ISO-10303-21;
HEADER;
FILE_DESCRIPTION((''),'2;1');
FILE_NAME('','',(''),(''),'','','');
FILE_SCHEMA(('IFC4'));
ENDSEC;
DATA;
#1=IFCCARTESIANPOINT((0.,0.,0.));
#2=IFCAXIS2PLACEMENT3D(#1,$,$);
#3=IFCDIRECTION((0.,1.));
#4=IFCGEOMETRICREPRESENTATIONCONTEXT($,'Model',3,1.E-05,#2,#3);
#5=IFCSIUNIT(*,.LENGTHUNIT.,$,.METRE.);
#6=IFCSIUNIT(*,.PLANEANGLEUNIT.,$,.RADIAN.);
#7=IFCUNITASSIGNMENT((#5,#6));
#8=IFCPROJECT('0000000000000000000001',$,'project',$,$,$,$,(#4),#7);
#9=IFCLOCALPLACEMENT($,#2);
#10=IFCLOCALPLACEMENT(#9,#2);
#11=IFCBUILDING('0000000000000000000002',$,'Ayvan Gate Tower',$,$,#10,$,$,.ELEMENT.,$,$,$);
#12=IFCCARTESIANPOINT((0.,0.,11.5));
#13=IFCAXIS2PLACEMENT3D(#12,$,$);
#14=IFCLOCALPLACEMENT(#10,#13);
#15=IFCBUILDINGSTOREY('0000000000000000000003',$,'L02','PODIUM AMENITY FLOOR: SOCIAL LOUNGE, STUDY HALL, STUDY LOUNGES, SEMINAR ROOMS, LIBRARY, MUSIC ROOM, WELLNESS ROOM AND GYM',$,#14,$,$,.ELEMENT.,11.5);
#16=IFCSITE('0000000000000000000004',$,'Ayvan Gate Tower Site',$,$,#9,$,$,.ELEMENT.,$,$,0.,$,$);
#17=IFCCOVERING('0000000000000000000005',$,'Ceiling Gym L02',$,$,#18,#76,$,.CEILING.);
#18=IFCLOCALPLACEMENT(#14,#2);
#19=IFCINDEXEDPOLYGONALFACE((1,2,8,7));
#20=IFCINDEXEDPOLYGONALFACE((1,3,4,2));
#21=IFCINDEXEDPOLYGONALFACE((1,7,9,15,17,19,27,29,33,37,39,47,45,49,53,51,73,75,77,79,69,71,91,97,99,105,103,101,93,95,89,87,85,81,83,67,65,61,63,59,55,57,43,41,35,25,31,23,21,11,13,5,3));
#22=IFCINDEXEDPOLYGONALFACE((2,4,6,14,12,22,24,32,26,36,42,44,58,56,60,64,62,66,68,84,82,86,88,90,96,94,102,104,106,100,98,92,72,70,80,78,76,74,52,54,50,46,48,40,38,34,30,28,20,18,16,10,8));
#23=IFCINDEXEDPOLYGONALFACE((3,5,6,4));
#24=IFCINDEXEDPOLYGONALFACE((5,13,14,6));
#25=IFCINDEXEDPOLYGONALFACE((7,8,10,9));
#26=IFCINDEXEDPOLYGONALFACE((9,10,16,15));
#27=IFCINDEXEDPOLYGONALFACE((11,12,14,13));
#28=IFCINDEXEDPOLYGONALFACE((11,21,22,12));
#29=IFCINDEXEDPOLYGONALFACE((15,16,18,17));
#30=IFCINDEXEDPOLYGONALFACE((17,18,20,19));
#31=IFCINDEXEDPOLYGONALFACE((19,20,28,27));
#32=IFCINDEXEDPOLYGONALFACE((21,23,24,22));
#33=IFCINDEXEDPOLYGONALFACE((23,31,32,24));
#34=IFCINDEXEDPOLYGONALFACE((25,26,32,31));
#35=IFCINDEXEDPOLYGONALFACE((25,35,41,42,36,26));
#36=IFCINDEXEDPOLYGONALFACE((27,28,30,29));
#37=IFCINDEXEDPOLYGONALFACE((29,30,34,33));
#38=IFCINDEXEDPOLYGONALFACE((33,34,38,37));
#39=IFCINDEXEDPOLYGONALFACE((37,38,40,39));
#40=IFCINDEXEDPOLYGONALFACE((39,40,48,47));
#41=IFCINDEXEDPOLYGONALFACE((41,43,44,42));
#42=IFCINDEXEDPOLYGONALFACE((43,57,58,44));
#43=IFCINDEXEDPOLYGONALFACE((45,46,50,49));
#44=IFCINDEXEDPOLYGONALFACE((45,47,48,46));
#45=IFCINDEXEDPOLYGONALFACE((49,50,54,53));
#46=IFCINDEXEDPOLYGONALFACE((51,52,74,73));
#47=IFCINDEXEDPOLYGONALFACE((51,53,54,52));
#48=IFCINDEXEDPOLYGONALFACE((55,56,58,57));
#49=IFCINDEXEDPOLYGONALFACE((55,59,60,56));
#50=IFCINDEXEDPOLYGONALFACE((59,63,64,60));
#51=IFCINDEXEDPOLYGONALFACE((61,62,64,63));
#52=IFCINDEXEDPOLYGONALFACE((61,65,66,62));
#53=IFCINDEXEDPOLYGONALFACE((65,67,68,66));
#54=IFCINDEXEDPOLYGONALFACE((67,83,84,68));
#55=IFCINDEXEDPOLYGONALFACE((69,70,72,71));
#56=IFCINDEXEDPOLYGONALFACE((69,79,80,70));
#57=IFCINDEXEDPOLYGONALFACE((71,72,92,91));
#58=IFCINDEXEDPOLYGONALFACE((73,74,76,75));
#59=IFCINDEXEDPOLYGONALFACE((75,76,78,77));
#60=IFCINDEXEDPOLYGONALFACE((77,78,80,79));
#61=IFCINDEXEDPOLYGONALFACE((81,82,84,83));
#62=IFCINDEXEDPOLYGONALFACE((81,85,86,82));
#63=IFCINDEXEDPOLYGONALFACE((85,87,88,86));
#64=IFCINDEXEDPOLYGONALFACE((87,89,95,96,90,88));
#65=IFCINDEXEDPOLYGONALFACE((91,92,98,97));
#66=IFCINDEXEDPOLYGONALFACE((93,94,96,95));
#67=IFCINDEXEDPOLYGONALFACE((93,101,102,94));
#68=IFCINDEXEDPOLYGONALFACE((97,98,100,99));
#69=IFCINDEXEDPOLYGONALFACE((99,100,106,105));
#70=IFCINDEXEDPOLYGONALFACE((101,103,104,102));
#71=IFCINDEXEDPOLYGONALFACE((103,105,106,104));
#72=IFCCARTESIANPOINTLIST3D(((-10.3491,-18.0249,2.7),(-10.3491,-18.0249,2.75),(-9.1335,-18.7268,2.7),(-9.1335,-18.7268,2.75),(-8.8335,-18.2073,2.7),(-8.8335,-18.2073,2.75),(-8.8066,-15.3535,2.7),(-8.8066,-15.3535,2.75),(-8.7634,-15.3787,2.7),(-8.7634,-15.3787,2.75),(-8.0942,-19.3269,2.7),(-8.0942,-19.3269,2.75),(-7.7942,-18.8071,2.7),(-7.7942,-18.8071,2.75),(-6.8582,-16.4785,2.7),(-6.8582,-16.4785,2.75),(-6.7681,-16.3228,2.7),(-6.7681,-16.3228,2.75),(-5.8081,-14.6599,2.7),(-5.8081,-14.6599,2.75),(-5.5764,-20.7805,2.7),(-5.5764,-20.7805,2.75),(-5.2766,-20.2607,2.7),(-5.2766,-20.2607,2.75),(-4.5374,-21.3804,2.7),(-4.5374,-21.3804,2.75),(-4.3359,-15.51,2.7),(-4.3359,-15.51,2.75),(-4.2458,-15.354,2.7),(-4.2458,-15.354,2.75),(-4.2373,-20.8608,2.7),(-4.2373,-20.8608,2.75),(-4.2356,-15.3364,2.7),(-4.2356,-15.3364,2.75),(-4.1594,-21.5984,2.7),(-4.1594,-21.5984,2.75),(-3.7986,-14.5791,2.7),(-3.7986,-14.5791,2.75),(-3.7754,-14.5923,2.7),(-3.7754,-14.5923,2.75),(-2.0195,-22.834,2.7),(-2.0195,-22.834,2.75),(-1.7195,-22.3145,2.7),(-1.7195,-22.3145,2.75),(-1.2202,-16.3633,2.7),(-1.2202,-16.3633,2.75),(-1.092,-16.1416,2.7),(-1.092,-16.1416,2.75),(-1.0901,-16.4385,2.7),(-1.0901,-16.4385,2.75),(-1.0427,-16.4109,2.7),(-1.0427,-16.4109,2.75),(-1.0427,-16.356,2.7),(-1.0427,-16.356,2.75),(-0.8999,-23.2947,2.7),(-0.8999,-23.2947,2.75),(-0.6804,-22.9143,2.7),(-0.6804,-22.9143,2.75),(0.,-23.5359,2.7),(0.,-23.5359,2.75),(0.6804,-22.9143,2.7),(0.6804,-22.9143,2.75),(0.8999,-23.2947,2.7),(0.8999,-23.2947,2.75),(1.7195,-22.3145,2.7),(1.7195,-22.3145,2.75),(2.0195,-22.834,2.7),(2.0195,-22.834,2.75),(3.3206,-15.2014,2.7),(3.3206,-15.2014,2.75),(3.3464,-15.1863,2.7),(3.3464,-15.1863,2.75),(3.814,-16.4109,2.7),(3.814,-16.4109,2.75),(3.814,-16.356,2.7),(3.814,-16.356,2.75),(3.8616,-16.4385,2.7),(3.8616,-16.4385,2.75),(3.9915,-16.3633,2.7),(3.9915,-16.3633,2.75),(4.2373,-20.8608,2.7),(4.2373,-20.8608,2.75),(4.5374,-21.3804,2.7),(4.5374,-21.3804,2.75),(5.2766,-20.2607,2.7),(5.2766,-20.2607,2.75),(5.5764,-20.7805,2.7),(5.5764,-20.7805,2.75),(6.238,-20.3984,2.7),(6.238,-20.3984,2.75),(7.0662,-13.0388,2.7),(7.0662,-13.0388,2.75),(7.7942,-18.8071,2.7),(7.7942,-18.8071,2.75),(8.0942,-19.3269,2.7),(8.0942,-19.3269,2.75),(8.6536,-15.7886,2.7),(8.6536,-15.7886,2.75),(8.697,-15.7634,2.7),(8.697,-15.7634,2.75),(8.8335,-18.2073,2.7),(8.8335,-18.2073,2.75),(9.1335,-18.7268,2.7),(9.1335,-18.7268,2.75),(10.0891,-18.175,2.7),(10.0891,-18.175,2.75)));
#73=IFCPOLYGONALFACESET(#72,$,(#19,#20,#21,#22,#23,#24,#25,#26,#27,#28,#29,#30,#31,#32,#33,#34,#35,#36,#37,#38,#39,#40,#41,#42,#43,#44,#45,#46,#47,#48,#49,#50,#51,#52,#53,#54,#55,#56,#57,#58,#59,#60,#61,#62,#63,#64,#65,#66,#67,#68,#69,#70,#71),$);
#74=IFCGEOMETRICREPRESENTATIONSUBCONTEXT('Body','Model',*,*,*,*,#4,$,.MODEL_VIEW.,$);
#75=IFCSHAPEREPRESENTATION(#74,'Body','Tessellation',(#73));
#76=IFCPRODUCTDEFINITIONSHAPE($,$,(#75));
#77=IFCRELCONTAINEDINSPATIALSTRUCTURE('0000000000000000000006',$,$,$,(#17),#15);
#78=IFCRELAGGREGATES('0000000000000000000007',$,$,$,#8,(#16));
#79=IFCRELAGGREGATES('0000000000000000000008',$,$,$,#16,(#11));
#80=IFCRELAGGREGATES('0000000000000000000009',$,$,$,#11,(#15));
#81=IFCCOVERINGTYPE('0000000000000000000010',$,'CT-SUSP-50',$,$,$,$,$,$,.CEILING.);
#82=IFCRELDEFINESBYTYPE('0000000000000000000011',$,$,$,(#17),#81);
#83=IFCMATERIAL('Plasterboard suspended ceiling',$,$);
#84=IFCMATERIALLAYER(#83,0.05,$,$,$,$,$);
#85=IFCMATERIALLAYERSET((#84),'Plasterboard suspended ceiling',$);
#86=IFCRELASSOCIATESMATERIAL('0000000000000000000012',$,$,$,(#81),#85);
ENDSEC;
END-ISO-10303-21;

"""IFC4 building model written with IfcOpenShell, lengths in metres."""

from ifc_helpers import new_model, si_unit, direction, frame, origin, place, context, subcontext, project, spatial, polyline, outline, extrude, material, layer, layer_set, type_object, element, save


model = new_model("IFC4")

# Units and contexts
model_context = context("Model", 3, precision=1e-05, world=origin(), true_north=direction((0.0, 1.0)))
body_context = subcontext(model_context, "Body", "Model", "MODEL_VIEW")
ifc_project = project(units=[si_unit("LENGTHUNIT", "METRE"), si_unit("PLANEANGLEUNIT", "RADIAN")], contexts=[model_context])

# Site, building, storey
site_placement = place(None, origin())
site = spatial("IfcSite", under=ifc_project, at=site_placement, Name="Ayvan Gate Tower Site", CompositionType="ELEMENT", RefElevation=0.0)
building_placement = place(site_placement, origin())
building = spatial("IfcBuilding", under=site, at=building_placement, Name="Ayvan Gate Tower", CompositionType="ELEMENT")
storey_placement = place(building_placement, frame((0.0, 0.0, 11.5)))
storey = spatial("IfcBuildingStorey", under=building, at=storey_placement, Name="L02", Description="PODIUM AMENITY FLOOR: SOCIAL LOUNGE, STUDY HALL, STUDY LOUNGES, SEMINAR ROOMS, LIBRARY, MUSIC ROOM, WELLNESS ROOM AND GYM", CompositionType="ELEMENT", Elevation=11.5)

# Covering
ifc_material_1 = material(Name="Plasterboard suspended ceiling")
ifc_layer_1 = layer(ifc_material_1, 0.05)
ifc_layer_set_1 = layer_set([ifc_layer_1], Name="Plasterboard suspended ceiling")
covering_type = type_object("IfcCoveringType", Name="CT-SUSP-50", PredefinedType="CEILING", material=ifc_layer_set_1)
covering_1_placement = place(storey_placement, frame((0.0, 0.0, 2.7)))
element("IfcCovering", 1, at=covering_1_placement, inside=storey, type_object=covering_type, Name="Ceiling Gym L02", PredefinedType="CEILING", context=body_context, shape_type="SweptSolid", body=[
    extrude(outline(polyline([(-6.8582, -16.4785), (-6.7681, -16.3228), (-5.8081, -14.6599), (-4.3359, -15.51), (-4.2458, -15.354), (-4.2356, -15.3364), (-3.7986, -14.5791), (-3.7754, -14.5923), (-1.092, -16.1416), (-1.2202, -16.3633), (-1.0901, -16.4385), (-1.0427, -16.356), (-1.0427, -16.4109), (3.814, -16.4109), (3.814, -16.356), (3.8616, -16.4385), (3.9915, -16.3633), (3.3206, -15.2014), (3.3464, -15.1863), (7.0662, -13.0388), (8.6536, -15.7886), (8.697, -15.7634), (10.0891, -18.175), (9.1335, -18.7268), (8.8335, -18.2073), (7.7942, -18.8071), (8.0942, -19.3269), (6.238, -20.3984), (5.5764, -20.7805), (5.2766, -20.2607), (4.2373, -20.8608), (4.5374, -21.3804), (2.0195, -22.834), (1.7195, -22.3145), (0.6804, -22.9143), (0.8999, -23.2947), (0.0, -23.5359), (-0.8999, -23.2947), (-0.6804, -22.9143), (-1.7195, -22.3145), (-2.0195, -22.834), (-4.1594, -21.5984), (-4.5374, -21.3804), (-4.2373, -20.8608), (-5.2766, -20.2607), (-5.5764, -20.7805), (-8.0942, -19.3269), (-7.7942, -18.8071), (-8.8335, -18.2073), (-9.1335, -18.7268), (-10.3491, -18.0249), (-8.8066, -15.3535), (-8.7634, -15.3787), (-6.8582, -16.4785)])), origin(), (0.0, 0.0, 1.0), 0.05),
])

save(model, "model.ifc")
